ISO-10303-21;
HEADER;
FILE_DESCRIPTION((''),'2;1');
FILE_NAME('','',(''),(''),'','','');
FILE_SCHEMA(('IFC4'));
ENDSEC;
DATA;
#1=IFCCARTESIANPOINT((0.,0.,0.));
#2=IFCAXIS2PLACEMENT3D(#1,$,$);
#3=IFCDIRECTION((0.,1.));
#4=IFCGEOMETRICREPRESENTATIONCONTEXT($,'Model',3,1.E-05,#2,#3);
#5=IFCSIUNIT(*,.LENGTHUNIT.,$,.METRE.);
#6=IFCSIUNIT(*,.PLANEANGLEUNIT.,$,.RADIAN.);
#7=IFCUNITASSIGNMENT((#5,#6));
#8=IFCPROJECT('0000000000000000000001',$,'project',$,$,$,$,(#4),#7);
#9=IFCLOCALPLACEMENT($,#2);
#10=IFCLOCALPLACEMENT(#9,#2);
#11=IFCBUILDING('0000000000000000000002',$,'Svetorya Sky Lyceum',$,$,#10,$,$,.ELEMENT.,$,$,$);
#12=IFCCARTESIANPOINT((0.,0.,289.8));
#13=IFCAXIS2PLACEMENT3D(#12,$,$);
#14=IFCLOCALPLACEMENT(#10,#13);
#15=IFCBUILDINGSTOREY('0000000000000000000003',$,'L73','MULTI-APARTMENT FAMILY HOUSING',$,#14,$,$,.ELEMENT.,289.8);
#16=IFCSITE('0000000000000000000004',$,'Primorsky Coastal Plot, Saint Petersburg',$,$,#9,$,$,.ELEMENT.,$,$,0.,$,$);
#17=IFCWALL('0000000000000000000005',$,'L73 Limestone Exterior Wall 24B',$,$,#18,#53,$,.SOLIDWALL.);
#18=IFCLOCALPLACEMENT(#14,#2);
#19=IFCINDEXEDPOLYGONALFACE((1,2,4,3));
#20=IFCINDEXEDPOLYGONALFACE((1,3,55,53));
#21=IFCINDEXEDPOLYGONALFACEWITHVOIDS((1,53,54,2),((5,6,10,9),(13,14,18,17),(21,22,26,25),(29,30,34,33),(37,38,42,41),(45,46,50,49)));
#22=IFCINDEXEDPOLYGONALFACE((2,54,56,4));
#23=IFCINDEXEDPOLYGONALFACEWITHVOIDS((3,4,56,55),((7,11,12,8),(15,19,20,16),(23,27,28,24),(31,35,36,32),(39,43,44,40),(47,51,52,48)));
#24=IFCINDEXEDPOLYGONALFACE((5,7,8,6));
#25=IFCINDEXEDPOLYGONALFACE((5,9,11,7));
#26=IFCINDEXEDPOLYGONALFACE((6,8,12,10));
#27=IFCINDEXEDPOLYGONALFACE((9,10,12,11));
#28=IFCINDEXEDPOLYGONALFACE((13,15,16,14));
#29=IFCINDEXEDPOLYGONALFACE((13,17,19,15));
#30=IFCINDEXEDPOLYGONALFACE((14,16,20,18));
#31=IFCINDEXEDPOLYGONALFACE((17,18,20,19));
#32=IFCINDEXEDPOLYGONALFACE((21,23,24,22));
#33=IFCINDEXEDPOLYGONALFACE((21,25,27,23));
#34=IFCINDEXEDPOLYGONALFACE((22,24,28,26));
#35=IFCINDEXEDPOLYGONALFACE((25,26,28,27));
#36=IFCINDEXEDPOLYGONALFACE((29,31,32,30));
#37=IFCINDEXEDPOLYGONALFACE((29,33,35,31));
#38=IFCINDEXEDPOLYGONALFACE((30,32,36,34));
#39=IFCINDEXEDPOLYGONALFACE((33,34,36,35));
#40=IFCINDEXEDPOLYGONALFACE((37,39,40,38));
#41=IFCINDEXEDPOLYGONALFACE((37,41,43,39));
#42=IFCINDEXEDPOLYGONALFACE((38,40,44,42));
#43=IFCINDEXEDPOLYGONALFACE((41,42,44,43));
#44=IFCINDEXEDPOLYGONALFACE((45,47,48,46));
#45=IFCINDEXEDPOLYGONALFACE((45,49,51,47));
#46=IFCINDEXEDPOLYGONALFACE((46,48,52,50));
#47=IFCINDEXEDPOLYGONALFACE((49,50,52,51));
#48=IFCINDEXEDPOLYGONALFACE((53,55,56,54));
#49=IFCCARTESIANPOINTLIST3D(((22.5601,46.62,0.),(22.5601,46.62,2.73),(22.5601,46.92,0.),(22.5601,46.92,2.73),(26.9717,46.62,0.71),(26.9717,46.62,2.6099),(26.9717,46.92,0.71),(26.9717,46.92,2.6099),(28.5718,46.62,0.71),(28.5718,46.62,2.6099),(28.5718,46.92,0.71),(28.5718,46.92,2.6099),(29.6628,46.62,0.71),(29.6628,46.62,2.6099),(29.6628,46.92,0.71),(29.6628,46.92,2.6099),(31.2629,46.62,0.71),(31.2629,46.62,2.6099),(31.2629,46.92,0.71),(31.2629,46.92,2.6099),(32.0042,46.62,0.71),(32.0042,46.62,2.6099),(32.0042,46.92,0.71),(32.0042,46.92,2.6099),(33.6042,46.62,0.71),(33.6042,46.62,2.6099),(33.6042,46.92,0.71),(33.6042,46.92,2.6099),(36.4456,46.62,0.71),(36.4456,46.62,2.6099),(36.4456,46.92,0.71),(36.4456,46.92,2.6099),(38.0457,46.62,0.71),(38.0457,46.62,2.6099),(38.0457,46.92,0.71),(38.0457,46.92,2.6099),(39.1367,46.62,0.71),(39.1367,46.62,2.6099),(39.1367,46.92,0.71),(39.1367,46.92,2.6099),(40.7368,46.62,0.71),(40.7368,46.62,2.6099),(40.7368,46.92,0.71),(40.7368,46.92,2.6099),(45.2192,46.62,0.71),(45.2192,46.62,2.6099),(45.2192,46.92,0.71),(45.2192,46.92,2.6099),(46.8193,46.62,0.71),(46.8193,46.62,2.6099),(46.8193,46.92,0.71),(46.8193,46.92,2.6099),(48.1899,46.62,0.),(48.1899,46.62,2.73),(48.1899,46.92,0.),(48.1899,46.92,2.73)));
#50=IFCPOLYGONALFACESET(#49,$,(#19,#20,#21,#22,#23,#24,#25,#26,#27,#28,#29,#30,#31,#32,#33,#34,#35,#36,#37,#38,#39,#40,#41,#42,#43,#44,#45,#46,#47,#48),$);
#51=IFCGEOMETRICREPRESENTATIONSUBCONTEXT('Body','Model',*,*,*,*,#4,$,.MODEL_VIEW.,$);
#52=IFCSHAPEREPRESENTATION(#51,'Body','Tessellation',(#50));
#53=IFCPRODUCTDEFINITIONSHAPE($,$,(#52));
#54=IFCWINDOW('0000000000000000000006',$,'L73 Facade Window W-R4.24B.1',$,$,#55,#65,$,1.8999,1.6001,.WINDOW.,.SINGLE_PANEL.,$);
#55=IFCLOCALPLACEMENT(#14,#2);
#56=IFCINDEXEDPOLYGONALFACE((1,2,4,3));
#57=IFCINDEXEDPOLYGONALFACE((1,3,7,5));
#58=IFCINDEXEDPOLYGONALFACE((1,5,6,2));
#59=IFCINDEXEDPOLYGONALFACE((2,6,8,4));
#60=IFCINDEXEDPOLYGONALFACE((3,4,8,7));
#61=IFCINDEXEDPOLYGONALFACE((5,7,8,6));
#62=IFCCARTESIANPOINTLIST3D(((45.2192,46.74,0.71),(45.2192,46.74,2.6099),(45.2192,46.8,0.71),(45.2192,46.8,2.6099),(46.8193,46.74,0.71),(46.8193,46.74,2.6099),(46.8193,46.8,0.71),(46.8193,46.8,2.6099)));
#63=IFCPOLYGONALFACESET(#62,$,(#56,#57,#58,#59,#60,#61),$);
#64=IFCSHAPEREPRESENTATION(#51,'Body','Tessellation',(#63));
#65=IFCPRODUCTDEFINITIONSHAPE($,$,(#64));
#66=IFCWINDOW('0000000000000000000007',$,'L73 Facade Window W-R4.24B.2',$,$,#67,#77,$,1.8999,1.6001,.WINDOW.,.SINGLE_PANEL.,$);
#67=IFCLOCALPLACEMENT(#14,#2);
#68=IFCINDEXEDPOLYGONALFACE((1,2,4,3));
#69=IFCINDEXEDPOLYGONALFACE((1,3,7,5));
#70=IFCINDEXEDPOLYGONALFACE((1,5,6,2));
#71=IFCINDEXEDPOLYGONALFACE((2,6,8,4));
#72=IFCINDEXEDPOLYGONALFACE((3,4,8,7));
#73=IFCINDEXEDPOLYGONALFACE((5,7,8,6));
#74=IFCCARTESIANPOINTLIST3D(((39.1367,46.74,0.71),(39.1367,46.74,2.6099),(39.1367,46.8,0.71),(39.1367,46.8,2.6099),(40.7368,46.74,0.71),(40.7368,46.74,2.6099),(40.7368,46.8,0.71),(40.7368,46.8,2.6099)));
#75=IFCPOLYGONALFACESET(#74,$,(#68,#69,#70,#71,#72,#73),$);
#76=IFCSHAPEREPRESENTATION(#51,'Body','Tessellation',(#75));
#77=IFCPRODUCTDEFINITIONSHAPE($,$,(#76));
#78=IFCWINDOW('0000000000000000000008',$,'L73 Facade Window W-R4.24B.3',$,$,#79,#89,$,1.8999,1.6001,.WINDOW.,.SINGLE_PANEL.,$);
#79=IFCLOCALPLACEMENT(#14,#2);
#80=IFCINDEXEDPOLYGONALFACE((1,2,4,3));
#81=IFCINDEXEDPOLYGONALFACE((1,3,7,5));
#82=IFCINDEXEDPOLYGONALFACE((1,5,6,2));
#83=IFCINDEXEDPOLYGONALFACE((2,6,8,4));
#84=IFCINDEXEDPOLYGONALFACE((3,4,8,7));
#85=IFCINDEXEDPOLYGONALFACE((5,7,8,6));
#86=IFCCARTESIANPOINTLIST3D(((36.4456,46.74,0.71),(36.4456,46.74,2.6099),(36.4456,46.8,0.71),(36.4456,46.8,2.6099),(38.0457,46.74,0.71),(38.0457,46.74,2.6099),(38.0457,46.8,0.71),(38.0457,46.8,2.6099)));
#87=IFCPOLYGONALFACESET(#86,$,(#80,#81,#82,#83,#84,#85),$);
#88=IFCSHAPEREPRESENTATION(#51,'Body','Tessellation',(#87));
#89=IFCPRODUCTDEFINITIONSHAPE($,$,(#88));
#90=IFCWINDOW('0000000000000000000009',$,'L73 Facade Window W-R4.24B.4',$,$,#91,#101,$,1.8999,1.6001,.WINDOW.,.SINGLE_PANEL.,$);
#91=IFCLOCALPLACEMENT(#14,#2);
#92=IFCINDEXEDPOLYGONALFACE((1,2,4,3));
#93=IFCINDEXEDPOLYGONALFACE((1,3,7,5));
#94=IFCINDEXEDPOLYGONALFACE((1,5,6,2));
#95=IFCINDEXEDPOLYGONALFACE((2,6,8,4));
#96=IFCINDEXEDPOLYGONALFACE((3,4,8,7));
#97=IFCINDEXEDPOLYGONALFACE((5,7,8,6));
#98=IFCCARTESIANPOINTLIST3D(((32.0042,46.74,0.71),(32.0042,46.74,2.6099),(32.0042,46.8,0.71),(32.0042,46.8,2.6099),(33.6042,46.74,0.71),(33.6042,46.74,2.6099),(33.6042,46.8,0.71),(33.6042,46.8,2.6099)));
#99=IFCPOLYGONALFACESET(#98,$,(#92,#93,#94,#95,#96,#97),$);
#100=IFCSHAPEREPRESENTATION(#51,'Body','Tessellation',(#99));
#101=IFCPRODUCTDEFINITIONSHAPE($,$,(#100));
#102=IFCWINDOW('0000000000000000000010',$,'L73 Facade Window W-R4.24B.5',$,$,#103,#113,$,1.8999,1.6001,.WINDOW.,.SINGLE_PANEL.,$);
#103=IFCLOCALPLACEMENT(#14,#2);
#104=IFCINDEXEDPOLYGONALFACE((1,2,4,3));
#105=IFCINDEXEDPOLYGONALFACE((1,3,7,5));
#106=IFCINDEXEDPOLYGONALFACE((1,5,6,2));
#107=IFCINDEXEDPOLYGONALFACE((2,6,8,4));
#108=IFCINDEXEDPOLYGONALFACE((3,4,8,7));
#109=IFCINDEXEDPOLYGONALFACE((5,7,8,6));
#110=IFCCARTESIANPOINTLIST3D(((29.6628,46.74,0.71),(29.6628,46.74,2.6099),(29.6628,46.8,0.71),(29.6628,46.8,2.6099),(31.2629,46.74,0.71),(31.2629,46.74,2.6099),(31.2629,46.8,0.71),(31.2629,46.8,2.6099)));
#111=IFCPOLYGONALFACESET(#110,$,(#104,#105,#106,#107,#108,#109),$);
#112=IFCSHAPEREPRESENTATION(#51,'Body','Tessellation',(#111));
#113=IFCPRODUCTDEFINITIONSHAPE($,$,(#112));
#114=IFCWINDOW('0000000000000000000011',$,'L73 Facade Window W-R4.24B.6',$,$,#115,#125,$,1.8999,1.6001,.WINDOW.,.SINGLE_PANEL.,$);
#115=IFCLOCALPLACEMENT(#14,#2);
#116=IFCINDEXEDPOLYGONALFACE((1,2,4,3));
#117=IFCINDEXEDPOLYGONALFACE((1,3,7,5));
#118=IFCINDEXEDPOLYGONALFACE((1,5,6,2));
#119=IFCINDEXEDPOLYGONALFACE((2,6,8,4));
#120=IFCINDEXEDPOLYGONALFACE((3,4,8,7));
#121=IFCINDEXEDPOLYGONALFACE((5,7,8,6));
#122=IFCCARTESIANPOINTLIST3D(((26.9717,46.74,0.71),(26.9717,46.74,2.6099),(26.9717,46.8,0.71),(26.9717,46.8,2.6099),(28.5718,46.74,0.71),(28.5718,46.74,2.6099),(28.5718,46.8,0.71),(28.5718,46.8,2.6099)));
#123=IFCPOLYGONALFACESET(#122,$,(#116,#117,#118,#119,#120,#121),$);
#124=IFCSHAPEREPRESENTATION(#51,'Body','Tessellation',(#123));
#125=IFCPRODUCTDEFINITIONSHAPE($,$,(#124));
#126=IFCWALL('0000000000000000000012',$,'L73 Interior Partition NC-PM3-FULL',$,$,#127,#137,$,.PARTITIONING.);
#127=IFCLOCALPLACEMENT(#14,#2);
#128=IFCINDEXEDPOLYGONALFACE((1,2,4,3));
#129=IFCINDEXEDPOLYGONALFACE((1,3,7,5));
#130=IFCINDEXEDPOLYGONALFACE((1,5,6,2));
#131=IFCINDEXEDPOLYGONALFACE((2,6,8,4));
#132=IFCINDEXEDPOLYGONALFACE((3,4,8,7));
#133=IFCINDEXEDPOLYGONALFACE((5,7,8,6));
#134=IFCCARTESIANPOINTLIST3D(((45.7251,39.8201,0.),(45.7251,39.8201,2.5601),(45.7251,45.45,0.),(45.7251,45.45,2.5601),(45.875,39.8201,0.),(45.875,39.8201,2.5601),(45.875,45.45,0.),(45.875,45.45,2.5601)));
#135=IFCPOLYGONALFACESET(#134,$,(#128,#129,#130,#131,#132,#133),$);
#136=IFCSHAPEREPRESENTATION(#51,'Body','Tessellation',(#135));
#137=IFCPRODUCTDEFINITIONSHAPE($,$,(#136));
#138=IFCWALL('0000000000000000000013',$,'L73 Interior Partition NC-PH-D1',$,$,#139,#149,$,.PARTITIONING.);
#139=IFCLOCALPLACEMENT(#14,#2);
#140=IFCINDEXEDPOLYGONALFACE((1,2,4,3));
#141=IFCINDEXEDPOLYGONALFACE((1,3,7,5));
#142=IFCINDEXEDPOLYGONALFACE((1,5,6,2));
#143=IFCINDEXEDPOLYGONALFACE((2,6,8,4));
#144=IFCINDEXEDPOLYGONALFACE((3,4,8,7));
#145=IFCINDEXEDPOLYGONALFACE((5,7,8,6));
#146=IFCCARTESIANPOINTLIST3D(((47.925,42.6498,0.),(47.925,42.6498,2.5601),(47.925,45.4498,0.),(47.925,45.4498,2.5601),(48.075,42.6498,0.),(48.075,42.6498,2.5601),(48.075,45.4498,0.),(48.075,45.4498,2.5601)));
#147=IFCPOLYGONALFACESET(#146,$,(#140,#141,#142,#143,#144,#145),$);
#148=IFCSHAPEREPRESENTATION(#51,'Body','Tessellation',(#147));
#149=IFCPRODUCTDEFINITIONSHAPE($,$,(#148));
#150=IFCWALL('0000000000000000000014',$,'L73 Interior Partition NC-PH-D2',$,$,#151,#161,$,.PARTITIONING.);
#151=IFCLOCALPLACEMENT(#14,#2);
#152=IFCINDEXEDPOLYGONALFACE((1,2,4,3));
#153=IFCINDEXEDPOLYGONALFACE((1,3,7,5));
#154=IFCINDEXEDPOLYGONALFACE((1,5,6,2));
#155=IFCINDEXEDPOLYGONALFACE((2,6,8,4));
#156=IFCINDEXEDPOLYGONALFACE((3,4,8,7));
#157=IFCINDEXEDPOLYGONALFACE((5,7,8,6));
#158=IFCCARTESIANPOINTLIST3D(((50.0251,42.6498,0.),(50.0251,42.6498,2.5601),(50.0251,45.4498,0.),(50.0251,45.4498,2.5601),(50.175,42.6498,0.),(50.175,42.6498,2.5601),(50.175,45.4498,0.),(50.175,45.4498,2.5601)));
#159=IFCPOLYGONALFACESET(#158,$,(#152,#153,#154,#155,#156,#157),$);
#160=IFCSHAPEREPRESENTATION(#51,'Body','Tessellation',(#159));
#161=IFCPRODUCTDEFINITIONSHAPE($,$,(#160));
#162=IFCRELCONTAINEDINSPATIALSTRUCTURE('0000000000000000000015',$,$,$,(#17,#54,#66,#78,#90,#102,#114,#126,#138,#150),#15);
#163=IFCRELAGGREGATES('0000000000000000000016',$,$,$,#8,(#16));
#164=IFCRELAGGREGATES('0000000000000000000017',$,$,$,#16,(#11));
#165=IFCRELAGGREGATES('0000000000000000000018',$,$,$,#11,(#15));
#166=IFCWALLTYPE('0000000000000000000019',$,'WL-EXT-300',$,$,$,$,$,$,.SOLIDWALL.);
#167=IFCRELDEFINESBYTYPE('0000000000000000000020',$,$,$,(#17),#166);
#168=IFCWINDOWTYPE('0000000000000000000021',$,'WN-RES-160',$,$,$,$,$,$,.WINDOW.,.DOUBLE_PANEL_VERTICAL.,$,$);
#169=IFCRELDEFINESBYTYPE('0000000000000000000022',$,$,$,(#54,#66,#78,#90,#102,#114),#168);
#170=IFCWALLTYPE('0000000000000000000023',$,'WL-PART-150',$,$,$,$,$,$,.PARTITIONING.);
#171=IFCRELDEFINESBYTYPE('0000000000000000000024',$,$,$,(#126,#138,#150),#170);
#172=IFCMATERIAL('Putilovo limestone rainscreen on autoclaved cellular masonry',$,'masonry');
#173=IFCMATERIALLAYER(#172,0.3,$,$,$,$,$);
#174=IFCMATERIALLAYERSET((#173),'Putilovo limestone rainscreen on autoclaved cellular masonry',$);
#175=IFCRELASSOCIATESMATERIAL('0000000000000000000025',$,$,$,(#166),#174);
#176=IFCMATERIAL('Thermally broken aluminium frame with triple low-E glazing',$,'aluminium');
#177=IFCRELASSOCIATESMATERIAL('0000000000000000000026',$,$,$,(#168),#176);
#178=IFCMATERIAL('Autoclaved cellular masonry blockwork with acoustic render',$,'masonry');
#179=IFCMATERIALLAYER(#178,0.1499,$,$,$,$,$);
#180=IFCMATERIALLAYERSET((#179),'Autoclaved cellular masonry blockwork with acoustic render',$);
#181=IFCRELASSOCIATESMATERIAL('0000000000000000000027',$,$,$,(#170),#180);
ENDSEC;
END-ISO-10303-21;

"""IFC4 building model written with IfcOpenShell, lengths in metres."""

from ifc_helpers import new_model, si_unit, direction, frame, frame_2d, origin, place, context, subcontext, project, spatial, rectangle, extrude, material, layer, layer_set, type_object, element, fill, save


model = new_model("IFC4")

# Units and contexts
model_context = context("Model", 3, precision=1e-05, world=origin(), true_north=direction((0.0, 1.0)))
body_context = subcontext(model_context, "Body", "Model", "MODEL_VIEW")
ifc_project = project(units=[si_unit("LENGTHUNIT", "METRE"), si_unit("PLANEANGLEUNIT", "RADIAN")], contexts=[model_context])

# Site, building, storey
site_placement = place(None, origin())
site = spatial("IfcSite", under=ifc_project, at=site_placement, Name="Primorsky Coastal Plot, Saint Petersburg", CompositionType="ELEMENT", RefElevation=0.0)
building_placement = place(site_placement, origin())
building = spatial("IfcBuilding", under=site, at=building_placement, Name="Svetorya Sky Lyceum", CompositionType="ELEMENT")
storey_placement = place(building_placement, frame((0.0, 0.0, 289.8)))
storey = spatial("IfcBuildingStorey", under=building, at=storey_placement, Name="L73", Description="MULTI-APARTMENT FAMILY HOUSING", CompositionType="ELEMENT", Elevation=289.8)

# Wall, openings, windows
ifc_material_1 = material(Name="Putilovo limestone rainscreen on autoclaved cellular masonry", Category="masonry")
ifc_layer_1 = layer(ifc_material_1, 0.3)
ifc_layer_set_1 = layer_set([ifc_layer_1], Name="Putilovo limestone rainscreen on autoclaved cellular masonry")
wall_type_1 = type_object("IfcWallType", Name="WL-EXT-300", PredefinedType="SOLIDWALL", material=ifc_layer_set_1)
wall_1_placement = place(storey_placement, frame((48.1899, 46.77, 0.0), z_axis=(0.0, 0.0, 1.0), x_axis=(-1.0, 0.0, 0.0)))
wall_1 = element("IfcWall", 1, at=wall_1_placement, inside=storey, type_object=wall_type_1, Name="L73 Limestone Exterior Wall 24B", PredefinedType="SOLIDWALL", context=body_context, shape_type="SweptSolid", body=[
    extrude(rectangle(XDim=25.6299, YDim=0.3, at=frame_2d((12.8149, 0.0))), origin(), (0.0, 0.0, 1.0), 2.73),
])
opening_1_placement = place(wall_1_placement, frame((1.3706, 0.0, 0.71)))
opening_1 = element("IfcOpeningElement", 2, at=opening_1_placement, cuts=wall_1, PredefinedType="OPENING", context=body_context, shape_type="SweptSolid", body=[
    extrude(rectangle(XDim=1.6001, YDim=1.8999, at=frame_2d((0.8, 0.95))), frame((0.0, 0.1599, 0.0), z_axis=(0.0, -1.0, 0.0), x_axis=(1.0, 0.0, 0.0)), (0.0, 0.0, 1.0), 0.3201),
])
opening_2_placement = place(wall_1_placement, frame((7.4531, 0.0, 0.71)))
opening_2 = element("IfcOpeningElement", 3, at=opening_2_placement, cuts=wall_1, PredefinedType="OPENING", context=body_context, shape_type="SweptSolid", body=[
    extrude(rectangle(XDim=1.6001, YDim=1.8999, at=frame_2d((0.8, 0.95))), frame((0.0, 0.1599, 0.0), z_axis=(0.0, -1.0, 0.0), x_axis=(1.0, 0.0, 0.0)), (0.0, 0.0, 1.0), 0.3201),
])
opening_3_placement = place(wall_1_placement, frame((10.1443, 0.0, 0.71)))
opening_3 = element("IfcOpeningElement", 4, at=opening_3_placement, cuts=wall_1, PredefinedType="OPENING", context=body_context, shape_type="SweptSolid", body=[
    extrude(rectangle(XDim=1.6001, YDim=1.8999, at=frame_2d((0.8, 0.95))), frame((0.0, 0.1599, 0.0), z_axis=(0.0, -1.0, 0.0), x_axis=(1.0, 0.0, 0.0)), (0.0, 0.0, 1.0), 0.3201),
])
opening_4_placement = place(wall_1_placement, frame((14.5857, 0.0, 0.71)))
opening_4 = element("IfcOpeningElement", 5, at=opening_4_placement, cuts=wall_1, PredefinedType="OPENING", context=body_context, shape_type="SweptSolid", body=[
    extrude(rectangle(XDim=1.6001, YDim=1.8999, at=frame_2d((0.8, 0.95))), frame((0.0, 0.1599, 0.0), z_axis=(0.0, -1.0, 0.0), x_axis=(1.0, 0.0, 0.0)), (0.0, 0.0, 1.0), 0.3201),
])
opening_5_placement = place(wall_1_placement, frame((16.927, 0.0, 0.71)))
opening_5 = element("IfcOpeningElement", 6, at=opening_5_placement, cuts=wall_1, PredefinedType="OPENING", context=body_context, shape_type="SweptSolid", body=[
    extrude(rectangle(XDim=1.6001, YDim=1.8999, at=frame_2d((0.8, 0.95))), frame((0.0, 0.1599, 0.0), z_axis=(0.0, -1.0, 0.0), x_axis=(1.0, 0.0, 0.0)), (0.0, 0.0, 1.0), 0.3201),
])
opening_6_placement = place(wall_1_placement, frame((19.6182, 0.0, 0.71)))
opening_6 = element("IfcOpeningElement", 7, at=opening_6_placement, cuts=wall_1, PredefinedType="OPENING", context=body_context, shape_type="SweptSolid", body=[
    extrude(rectangle(XDim=1.6001, YDim=1.8999, at=frame_2d((0.8, 0.95))), frame((0.0, 0.1599, 0.0), z_axis=(0.0, -1.0, 0.0), x_axis=(1.0, 0.0, 0.0)), (0.0, 0.0, 1.0), 0.3201),
])
ifc_material_2 = material(Name="Thermally broken aluminium frame with triple low-E glazing", Category="aluminium")
window_type = type_object("IfcWindowType", Name="WN-RES-160", PartitioningType="DOUBLE_PANEL_VERTICAL", PredefinedType="WINDOW", material=ifc_material_2)
window_1_placement = place(opening_1_placement, origin())
window_1 = element("IfcWindow", 8, at=window_1_placement, inside=storey, type_object=window_type, Name="L73 Facade Window W-R4.24B.1", OverallHeight=1.8999, OverallWidth=1.6001, PartitioningType="SINGLE_PANEL", PredefinedType="WINDOW", context=body_context, shape_type="SweptSolid", body=[
    extrude(rectangle(XDim=1.6001, YDim=1.8999, at=frame_2d((0.8, 0.95))), frame((0.0, 0.03, 0.0), z_axis=(0.0, -1.0, 0.0), x_axis=(1.0, 0.0, 0.0)), (0.0, 0.0, 1.0), 0.0601),
])
fill(opening_1, window_1)
window_2_placement = place(opening_2_placement, origin())
window_2 = element("IfcWindow", 9, at=window_2_placement, inside=storey, type_object=window_type, Name="L73 Facade Window W-R4.24B.2", OverallHeight=1.8999, OverallWidth=1.6001, PartitioningType="SINGLE_PANEL", PredefinedType="WINDOW", context=body_context, shape_type="SweptSolid", body=[
    extrude(rectangle(XDim=1.6001, YDim=1.8999, at=frame_2d((0.8, 0.95))), frame((0.0, 0.03, 0.0), z_axis=(0.0, -1.0, 0.0), x_axis=(1.0, 0.0, 0.0)), (0.0, 0.0, 1.0), 0.0601),
])
fill(opening_2, window_2)
window_3_placement = place(opening_3_placement, origin())
window_3 = element("IfcWindow", 10, at=window_3_placement, inside=storey, type_object=window_type, Name="L73 Facade Window W-R4.24B.3", OverallHeight=1.8999, OverallWidth=1.6001, PartitioningType="SINGLE_PANEL", PredefinedType="WINDOW", context=body_context, shape_type="SweptSolid", body=[
    extrude(rectangle(XDim=1.6001, YDim=1.8999, at=frame_2d((0.8, 0.95))), frame((0.0, 0.03, 0.0), z_axis=(0.0, -1.0, 0.0), x_axis=(1.0, 0.0, 0.0)), (0.0, 0.0, 1.0), 0.0601),
])
fill(opening_3, window_3)
window_4_placement = place(opening_4_placement, origin())
window_4 = element("IfcWindow", 11, at=window_4_placement, inside=storey, type_object=window_type, Name="L73 Facade Window W-R4.24B.4", OverallHeight=1.8999, OverallWidth=1.6001, PartitioningType="SINGLE_PANEL", PredefinedType="WINDOW", context=body_context, shape_type="SweptSolid", body=[
    extrude(rectangle(XDim=1.6001, YDim=1.8999, at=frame_2d((0.8, 0.95))), frame((0.0, 0.03, 0.0), z_axis=(0.0, -1.0, 0.0), x_axis=(1.0, 0.0, 0.0)), (0.0, 0.0, 1.0), 0.0601),
])
fill(opening_4, window_4)
window_5_placement = place(opening_5_placement, origin())
window_5 = element("IfcWindow", 12, at=window_5_placement, inside=storey, type_object=window_type, Name="L73 Facade Window W-R4.24B.5", OverallHeight=1.8999, OverallWidth=1.6001, PartitioningType="SINGLE_PANEL", PredefinedType="WINDOW", context=body_context, shape_type="SweptSolid", body=[
    extrude(rectangle(XDim=1.6001, YDim=1.8999, at=frame_2d((0.8, 0.95))), frame((0.0, 0.03, 0.0), z_axis=(0.0, -1.0, 0.0), x_axis=(1.0, 0.0, 0.0)), (0.0, 0.0, 1.0), 0.0601),
])
fill(opening_5, window_5)
window_6_placement = place(opening_6_placement, origin())
window_6 = element("IfcWindow", 13, at=window_6_placement, inside=storey, type_object=window_type, Name="L73 Facade Window W-R4.24B.6", OverallHeight=1.8999, OverallWidth=1.6001, PartitioningType="SINGLE_PANEL", PredefinedType="WINDOW", context=body_context, shape_type="SweptSolid", body=[
    extrude(rectangle(XDim=1.6001, YDim=1.8999, at=frame_2d((0.8, 0.95))), frame((0.0, 0.03, 0.0), z_axis=(0.0, -1.0, 0.0), x_axis=(1.0, 0.0, 0.0)), (0.0, 0.0, 1.0), 0.0601),
])
fill(opening_6, window_6)

# Walls
ifc_material_3 = material(Name="Autoclaved cellular masonry blockwork with acoustic render", Category="masonry")
ifc_layer_2 = layer(ifc_material_3, 0.1499)
ifc_layer_set_2 = layer_set([ifc_layer_2], Name="Autoclaved cellular masonry blockwork with acoustic render")
wall_type_2 = type_object("IfcWallType", Name="WL-PART-150", PredefinedType="PARTITIONING", material=ifc_layer_set_2)
wall_2_placement = place(storey_placement, frame((45.8, 39.8201, 0.0), z_axis=(0.0, 0.0, 1.0), x_axis=(0.0, 1.0, 0.0)))
element("IfcWall", 14, at=wall_2_placement, inside=storey, type_object=wall_type_2, Name="L73 Interior Partition NC-PM3-FULL", PredefinedType="PARTITIONING", context=body_context, shape_type="SweptSolid", body=[
    extrude(rectangle(XDim=5.6299, YDim=0.1499, at=frame_2d((2.8149, 0.0))), origin(), (0.0, 0.0, 1.0), 2.5601),
])
for number, where, z_axis, x_axis, name in (
    (15, (48.0, 42.6499, 0.0), (0.0, 0.0, 1.0), (0.0, 1.0, 0.0), "L73 Interior Partition NC-PH-D1"),
    (16, (50.1001, 42.6499, 0.0), (0.0, 0.0, 1.0), (0.0, 1.0, 0.0), "L73 Interior Partition NC-PH-D2"),
):
    element("IfcWall", number, at=place(storey_placement, frame(where, z_axis=z_axis, x_axis=x_axis)), inside=storey, type_object=wall_type_2, Name=name, PredefinedType="PARTITIONING", context=body_context, shape_type="SweptSolid", body=[
        extrude(rectangle(XDim=2.8, YDim=0.1499, at=frame_2d((1.3999, 0.0))), origin(), (0.0, 0.0, 1.0), 2.5601),
    ])

save(model, "model.ifc")
